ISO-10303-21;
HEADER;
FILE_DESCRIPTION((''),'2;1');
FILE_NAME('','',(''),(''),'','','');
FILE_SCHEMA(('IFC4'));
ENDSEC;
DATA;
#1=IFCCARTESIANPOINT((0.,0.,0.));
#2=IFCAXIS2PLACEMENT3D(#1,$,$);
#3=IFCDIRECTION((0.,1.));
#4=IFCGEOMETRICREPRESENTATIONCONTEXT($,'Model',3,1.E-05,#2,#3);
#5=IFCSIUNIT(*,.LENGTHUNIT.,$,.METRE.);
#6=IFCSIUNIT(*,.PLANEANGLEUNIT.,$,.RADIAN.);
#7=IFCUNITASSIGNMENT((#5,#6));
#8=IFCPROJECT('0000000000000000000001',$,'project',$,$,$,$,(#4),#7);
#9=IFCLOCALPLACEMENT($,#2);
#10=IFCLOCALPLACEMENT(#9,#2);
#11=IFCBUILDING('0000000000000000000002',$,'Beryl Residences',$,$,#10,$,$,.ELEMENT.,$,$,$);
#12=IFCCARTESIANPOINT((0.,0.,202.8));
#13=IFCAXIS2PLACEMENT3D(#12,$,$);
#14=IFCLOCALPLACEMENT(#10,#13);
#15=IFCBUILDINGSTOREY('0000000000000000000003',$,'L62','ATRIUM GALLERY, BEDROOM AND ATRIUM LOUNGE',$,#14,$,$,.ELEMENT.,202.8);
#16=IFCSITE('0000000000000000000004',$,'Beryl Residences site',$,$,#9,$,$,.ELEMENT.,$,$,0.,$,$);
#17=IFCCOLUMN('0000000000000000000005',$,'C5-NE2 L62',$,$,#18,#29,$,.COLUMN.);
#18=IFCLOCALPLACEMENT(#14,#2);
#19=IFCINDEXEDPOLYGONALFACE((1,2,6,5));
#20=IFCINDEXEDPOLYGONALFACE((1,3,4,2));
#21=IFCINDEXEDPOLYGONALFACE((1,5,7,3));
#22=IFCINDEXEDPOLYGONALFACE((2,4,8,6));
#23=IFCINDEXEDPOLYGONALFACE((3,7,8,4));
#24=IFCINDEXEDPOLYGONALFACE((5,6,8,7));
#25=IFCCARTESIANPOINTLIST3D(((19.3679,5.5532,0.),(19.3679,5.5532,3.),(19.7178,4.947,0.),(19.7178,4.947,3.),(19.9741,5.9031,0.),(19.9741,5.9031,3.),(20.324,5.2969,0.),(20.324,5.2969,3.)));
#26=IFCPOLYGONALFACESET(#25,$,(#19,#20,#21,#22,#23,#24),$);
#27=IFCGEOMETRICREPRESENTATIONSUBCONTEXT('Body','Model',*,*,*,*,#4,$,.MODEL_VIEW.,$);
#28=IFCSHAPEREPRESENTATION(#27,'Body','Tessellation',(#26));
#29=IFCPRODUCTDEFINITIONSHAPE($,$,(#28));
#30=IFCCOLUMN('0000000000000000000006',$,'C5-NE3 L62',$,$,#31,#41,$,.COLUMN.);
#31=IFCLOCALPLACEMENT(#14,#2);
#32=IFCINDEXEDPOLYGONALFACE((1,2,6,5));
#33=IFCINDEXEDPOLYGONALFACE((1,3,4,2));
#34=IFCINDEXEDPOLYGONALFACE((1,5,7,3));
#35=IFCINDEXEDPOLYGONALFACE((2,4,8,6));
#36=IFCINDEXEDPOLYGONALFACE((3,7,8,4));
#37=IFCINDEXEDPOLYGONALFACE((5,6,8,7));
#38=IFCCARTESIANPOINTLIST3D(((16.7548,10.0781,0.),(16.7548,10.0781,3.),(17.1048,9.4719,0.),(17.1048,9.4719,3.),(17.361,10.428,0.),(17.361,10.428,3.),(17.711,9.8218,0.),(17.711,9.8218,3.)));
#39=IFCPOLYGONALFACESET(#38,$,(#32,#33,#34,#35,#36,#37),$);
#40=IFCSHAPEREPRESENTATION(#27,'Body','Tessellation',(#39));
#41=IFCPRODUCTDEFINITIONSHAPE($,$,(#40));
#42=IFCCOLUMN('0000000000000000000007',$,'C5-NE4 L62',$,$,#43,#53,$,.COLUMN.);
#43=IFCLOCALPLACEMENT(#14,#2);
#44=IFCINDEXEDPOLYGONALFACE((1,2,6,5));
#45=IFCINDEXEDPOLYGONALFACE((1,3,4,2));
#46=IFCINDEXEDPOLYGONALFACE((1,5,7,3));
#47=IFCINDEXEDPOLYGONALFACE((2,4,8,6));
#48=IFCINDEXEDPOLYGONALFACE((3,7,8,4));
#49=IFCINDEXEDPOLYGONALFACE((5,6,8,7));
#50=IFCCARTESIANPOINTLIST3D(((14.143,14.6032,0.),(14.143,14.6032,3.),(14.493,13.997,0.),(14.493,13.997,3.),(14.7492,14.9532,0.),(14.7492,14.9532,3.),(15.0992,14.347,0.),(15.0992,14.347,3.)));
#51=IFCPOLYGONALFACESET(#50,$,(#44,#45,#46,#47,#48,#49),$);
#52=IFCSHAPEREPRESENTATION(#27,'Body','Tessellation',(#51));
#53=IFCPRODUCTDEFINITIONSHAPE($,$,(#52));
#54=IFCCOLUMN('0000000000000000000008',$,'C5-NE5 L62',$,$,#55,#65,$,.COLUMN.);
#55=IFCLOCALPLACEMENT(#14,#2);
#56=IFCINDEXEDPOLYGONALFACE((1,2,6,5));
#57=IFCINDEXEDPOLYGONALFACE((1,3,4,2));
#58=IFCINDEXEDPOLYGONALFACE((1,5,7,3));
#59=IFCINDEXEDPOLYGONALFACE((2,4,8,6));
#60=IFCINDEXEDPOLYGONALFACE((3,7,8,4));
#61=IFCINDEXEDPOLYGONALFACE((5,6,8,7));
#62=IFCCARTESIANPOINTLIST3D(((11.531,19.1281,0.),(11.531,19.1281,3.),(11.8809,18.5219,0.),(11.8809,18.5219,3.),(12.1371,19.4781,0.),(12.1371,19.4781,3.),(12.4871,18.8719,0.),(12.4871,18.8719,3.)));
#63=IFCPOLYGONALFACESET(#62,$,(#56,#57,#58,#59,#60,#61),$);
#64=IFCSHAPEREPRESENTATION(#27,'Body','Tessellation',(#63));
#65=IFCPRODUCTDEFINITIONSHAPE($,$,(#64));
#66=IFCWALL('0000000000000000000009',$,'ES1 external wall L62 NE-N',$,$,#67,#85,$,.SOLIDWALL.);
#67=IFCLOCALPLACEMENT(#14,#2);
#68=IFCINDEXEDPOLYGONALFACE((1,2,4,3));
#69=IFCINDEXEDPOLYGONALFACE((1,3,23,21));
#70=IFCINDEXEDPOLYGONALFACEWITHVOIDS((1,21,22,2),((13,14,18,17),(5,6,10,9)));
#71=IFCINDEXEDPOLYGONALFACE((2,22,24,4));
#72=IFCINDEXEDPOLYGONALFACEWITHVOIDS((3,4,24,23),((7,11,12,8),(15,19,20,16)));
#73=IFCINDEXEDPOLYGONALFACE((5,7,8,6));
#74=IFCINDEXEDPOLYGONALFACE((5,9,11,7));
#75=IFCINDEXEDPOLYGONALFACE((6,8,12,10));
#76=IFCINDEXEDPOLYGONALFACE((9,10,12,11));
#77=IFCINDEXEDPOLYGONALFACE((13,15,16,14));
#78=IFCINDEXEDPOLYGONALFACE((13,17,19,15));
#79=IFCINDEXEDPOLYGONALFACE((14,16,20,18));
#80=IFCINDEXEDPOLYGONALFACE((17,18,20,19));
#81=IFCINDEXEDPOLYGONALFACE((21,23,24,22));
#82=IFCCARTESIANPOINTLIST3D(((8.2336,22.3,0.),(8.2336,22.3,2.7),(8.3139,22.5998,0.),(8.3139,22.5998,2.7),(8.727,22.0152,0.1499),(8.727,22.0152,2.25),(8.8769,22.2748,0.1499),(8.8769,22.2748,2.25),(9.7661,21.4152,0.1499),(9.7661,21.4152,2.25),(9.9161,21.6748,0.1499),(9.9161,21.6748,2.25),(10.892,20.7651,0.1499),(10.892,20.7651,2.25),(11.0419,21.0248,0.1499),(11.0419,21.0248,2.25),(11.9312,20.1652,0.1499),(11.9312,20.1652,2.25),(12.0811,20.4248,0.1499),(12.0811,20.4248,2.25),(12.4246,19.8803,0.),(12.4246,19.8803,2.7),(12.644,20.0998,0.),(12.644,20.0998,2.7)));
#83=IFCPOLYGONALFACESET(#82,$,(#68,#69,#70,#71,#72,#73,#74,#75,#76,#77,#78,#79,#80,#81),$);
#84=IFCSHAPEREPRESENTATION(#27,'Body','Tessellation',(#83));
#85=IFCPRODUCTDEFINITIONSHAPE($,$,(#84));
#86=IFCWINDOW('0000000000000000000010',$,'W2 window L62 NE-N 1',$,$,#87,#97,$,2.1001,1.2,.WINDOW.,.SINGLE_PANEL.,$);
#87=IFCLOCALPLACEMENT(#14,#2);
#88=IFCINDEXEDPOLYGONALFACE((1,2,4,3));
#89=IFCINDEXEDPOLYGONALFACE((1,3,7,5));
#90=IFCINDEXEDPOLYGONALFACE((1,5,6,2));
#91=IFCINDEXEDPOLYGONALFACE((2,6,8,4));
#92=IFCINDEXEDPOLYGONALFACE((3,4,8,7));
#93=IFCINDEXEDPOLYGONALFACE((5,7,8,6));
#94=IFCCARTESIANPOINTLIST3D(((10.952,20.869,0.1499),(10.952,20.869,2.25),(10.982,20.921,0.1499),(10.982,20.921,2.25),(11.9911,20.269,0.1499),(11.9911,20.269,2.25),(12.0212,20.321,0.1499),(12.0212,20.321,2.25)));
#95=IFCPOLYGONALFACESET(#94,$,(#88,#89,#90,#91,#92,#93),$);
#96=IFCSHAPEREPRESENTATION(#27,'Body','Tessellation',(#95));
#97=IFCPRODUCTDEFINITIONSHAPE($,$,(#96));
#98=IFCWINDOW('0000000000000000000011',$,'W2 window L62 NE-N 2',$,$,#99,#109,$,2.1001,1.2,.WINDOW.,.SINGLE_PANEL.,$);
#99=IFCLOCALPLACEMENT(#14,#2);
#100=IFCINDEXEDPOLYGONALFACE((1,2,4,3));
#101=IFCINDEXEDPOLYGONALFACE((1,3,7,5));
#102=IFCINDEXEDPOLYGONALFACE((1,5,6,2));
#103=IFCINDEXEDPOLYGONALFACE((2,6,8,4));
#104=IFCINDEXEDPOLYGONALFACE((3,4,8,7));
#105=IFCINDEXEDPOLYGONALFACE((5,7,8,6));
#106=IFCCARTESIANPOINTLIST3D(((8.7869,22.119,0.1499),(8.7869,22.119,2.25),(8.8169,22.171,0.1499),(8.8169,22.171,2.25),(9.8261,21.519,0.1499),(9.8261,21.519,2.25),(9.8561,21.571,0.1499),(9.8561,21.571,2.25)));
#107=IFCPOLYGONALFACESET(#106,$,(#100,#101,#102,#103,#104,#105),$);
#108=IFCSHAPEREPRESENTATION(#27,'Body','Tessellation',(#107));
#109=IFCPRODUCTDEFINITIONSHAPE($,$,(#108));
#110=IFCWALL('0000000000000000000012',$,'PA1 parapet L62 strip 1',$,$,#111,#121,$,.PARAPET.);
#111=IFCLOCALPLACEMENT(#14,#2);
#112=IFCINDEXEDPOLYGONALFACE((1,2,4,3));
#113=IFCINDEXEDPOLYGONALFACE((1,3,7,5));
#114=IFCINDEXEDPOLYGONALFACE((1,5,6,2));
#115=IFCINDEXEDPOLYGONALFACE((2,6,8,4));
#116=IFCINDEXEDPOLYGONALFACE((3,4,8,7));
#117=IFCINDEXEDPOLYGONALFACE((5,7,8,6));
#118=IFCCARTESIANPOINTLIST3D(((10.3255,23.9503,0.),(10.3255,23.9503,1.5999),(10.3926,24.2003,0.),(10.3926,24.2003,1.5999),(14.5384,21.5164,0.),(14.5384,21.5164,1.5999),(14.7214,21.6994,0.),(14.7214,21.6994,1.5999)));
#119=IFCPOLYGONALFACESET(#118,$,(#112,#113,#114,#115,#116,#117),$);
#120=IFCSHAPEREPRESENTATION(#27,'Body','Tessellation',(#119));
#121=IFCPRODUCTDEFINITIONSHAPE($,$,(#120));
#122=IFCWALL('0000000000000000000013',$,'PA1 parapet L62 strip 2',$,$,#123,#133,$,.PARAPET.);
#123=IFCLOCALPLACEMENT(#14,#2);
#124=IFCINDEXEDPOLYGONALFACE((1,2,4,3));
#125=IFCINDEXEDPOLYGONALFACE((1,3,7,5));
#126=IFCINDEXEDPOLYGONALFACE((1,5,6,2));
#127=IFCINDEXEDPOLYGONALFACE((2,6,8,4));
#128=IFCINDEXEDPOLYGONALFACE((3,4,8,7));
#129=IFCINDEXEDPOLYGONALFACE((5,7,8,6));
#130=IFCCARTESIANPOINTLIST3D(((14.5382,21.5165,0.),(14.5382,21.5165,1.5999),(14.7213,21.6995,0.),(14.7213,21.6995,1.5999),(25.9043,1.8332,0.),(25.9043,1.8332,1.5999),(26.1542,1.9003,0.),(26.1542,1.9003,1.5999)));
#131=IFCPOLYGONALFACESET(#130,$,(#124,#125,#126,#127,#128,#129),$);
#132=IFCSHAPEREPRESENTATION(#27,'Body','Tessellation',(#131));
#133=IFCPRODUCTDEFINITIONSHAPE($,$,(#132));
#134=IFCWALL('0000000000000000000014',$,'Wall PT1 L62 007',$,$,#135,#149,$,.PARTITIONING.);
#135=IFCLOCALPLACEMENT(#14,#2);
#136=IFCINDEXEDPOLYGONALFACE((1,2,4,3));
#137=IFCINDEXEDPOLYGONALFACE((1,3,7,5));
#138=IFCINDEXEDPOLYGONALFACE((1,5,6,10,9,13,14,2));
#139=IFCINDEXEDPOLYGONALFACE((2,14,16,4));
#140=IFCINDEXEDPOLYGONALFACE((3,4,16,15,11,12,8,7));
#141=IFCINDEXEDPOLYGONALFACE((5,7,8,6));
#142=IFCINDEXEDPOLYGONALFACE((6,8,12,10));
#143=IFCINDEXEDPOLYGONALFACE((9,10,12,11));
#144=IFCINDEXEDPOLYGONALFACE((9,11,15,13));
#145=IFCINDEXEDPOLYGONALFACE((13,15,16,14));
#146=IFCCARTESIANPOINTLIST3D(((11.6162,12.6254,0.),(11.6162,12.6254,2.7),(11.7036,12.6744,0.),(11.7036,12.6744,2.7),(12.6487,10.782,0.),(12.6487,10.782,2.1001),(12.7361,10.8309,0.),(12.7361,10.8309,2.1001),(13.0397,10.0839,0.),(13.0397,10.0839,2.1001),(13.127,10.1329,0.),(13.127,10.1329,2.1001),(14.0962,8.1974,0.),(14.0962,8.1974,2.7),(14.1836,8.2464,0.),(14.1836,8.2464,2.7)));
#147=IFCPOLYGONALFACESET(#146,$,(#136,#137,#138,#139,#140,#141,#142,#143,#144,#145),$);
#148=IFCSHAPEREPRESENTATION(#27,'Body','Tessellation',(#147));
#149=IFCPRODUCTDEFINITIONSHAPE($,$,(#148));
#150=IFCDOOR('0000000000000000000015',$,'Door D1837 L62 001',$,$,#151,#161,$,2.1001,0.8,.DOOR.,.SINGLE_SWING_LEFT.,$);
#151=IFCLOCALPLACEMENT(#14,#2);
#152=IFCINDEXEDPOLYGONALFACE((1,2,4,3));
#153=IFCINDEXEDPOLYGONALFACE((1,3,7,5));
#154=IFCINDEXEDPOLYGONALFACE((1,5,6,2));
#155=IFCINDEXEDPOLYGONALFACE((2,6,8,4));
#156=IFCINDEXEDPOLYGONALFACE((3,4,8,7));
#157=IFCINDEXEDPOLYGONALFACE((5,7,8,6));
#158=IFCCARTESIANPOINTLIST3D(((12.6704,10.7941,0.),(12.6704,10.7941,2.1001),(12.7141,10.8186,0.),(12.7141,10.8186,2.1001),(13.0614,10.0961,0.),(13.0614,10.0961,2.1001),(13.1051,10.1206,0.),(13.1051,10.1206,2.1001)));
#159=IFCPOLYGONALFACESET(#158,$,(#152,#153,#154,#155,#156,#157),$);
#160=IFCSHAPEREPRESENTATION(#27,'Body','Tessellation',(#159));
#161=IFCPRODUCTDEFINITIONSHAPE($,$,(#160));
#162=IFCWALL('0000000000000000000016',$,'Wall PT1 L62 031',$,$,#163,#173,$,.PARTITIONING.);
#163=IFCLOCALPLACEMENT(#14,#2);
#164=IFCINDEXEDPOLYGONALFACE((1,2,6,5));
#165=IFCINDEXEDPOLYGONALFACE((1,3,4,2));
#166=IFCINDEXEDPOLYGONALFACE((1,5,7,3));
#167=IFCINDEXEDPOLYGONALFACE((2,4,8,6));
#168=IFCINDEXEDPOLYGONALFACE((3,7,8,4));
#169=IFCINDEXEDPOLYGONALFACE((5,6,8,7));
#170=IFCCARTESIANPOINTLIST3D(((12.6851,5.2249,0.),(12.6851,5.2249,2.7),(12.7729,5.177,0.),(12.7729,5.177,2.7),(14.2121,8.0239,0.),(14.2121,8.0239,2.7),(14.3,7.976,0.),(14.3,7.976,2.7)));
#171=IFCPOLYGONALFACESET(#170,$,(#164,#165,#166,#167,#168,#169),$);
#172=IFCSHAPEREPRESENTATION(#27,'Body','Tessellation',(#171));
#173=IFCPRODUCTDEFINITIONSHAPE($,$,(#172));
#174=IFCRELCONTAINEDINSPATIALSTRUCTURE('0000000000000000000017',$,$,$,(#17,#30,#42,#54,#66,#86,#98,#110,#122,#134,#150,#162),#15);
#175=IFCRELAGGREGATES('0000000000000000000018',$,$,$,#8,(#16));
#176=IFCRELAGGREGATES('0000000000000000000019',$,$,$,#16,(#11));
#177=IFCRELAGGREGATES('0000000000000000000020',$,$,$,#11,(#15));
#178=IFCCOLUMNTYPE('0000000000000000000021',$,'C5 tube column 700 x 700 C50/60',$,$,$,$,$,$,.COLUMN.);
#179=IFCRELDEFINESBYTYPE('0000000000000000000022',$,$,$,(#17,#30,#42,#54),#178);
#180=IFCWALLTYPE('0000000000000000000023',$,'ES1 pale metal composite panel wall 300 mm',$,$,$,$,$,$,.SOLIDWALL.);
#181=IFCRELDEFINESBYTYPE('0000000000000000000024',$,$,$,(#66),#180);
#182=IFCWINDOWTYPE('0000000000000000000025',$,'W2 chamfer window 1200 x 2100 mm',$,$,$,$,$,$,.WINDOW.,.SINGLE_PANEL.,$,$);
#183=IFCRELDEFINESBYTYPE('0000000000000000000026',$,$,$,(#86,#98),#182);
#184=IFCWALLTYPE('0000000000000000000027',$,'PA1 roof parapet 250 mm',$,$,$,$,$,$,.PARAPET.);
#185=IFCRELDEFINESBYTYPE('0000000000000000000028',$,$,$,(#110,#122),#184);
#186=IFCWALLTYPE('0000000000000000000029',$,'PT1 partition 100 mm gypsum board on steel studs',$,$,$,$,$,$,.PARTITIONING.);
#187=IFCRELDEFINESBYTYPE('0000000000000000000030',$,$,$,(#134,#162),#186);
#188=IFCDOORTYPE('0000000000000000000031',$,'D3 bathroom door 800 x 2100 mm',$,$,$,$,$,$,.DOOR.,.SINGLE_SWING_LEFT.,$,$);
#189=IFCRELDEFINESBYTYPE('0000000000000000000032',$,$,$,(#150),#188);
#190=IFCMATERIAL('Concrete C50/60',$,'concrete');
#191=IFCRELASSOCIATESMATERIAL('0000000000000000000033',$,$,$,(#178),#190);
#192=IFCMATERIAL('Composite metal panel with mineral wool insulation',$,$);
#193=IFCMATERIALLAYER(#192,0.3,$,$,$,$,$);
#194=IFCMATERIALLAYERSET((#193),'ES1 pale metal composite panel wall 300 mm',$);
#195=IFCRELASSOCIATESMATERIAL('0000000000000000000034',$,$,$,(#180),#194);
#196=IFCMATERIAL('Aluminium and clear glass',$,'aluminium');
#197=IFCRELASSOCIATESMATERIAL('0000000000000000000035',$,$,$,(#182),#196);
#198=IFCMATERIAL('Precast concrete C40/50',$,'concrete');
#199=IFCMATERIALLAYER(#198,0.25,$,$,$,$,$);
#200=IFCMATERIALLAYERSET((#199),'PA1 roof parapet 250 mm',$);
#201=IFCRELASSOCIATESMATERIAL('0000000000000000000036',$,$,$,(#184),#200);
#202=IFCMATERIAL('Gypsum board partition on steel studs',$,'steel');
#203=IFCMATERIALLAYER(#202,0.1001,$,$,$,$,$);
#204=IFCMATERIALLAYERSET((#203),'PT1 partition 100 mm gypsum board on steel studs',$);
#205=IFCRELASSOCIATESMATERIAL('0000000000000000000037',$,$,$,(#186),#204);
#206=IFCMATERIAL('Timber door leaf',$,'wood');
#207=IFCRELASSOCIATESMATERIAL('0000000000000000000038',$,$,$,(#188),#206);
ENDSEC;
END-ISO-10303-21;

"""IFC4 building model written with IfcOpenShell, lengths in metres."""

from ifc_helpers import new_model, si_unit, direction, frame, frame_2d, origin, origin_2d, place, context, subcontext, project, spatial, polyline, rectangle, outline, extrude, material, layer, layer_set, material_profile, profile_set, type_object, element, fill, save


model = new_model("IFC4")

# Units and contexts
model_context = context("Model", 3, precision=1e-05, world=origin(), true_north=direction((0.0, 1.0)))
body_context = subcontext(model_context, "Body", "Model", "MODEL_VIEW")
ifc_project = project(units=[si_unit("LENGTHUNIT", "METRE"), si_unit("PLANEANGLEUNIT", "RADIAN")], contexts=[model_context])

# Site, building, storey
site_placement = place(None, origin())
site = spatial("IfcSite", under=ifc_project, at=site_placement, Name="Beryl Residences site", CompositionType="ELEMENT", RefElevation=0.0)
building_placement = place(site_placement, origin())
building = spatial("IfcBuilding", under=site, at=building_placement, Name="Beryl Residences", CompositionType="ELEMENT")
storey_placement = place(building_placement, frame((0.0, 0.0, 202.8)))
storey = spatial("IfcBuildingStorey", under=building, at=storey_placement, Name="L62", Description="ATRIUM GALLERY, BEDROOM AND ATRIUM LOUNGE", CompositionType="ELEMENT", Elevation=202.8)

# Columns
ifc_material_1 = material(Name="Concrete C50/60", Category="concrete")
ifc_material_profile = material_profile(ifc_material_1, rectangle(XDim=0.7, YDim=0.7, at=origin_2d()))
ifc_profile_set = profile_set([ifc_material_profile], Name="Concrete C50/60")
column_type = type_object("IfcColumnType", Name="C5 tube column 700 x 700 C50/60", PredefinedType="COLUMN", material=ifc_profile_set)
for number, where, z_axis, x_axis, name in (
    (1, (19.8459, 5.425, 0.0), (0.0, 0.0, 1.0), (-0.49997, 0.866043, 0.0), "C5-NE2 L62"),
    (2, (17.2329, 9.95, 0.0), (0.0, 0.0, 1.0), (-0.49997, 0.866043, 0.0), "C5-NE3 L62"),
    (3, (14.6211, 14.4751, 0.0), (0.0, 0.0, 1.0), (-0.49997, 0.866043, 0.0), "C5-NE4 L62"),
    (4, (12.009, 19.0, 0.0), (0.0, 0.0, 1.0), (-0.49997, 0.866043, 0.0), "C5-NE5 L62"),
):
    element("IfcColumn", number, at=place(storey_placement, frame(where, z_axis=z_axis, x_axis=x_axis)), inside=storey, type_object=column_type, Name=name, PredefinedType="COLUMN", context=body_context, shape_type="SweptSolid", body=[
        extrude(rectangle(XDim=0.7, YDim=0.7, at=origin_2d()), origin(), (0.0, 0.0, 1.0), 3.0),
    ])

# Wall, openings, windows
ifc_material_2 = material(Name="Composite metal panel with mineral wool insulation")
ifc_layer_1 = layer(ifc_material_2, 0.3)
ifc_layer_set_1 = layer_set([ifc_layer_1], Name="ES1 pale metal composite panel wall 300 mm")
wall_type_1 = type_object("IfcWallType", Name="ES1 pale metal composite panel wall 300 mm", PredefinedType="SOLIDWALL", material=ifc_layer_set_1)
wall_1_placement = place(storey_placement, frame((12.5691, 19.97, 0.0), z_axis=(0.0, 0.0, 1.0), x_axis=(-0.866023, 0.500004, 0.0)))
wall_1 = element("IfcWall", 5, at=wall_1_placement, inside=storey, type_object=wall_type_1, Name="ES1 external wall L62 NE-N", PredefinedType="SOLIDWALL", context=body_context, shape_type="SweptSolid", body=[
    extrude(outline(polyline([(0.0, -0.1499), (5.0, -0.1499), (4.9197, 0.1499), (0.0803, 0.1499), (0.0, -0.1499)])), origin(), (0.0, 0.0, 1.0), 2.7),
])
opening_1_placement = place(wall_1_placement, frame((0.6499, 0.0, 0.1499)))
opening_1 = element("IfcOpeningElement", 6, at=opening_1_placement, cuts=wall_1, PredefinedType="OPENING", context=body_context, shape_type="SweptSolid", body=[
    extrude(rectangle(XDim=1.2, YDim=2.1001, at=frame_2d((0.6001, 1.05))), frame((0.0, 0.1599, 0.0), z_axis=(0.0, -1.0, 0.0), x_axis=(1.0, 0.0, 0.0)), (0.0, 0.0, 1.0), 0.3201),
])
opening_2_placement = place(wall_1_placement, frame((3.1499, 0.0, 0.1499)))
opening_2 = element("IfcOpeningElement", 7, at=opening_2_placement, cuts=wall_1, PredefinedType="OPENING", context=body_context, shape_type="SweptSolid", body=[
    extrude(rectangle(XDim=1.2, YDim=2.1001, at=frame_2d((0.6001, 1.05))), frame((0.0, 0.1599, 0.0), z_axis=(0.0, -1.0, 0.0), x_axis=(1.0, 0.0, 0.0)), (0.0, 0.0, 1.0), 0.3201),
])
ifc_material_3 = material(Name="Aluminium and clear glass", Category="aluminium")
window_type = type_object("IfcWindowType", Name="W2 chamfer window 1200 x 2100 mm", PartitioningType="SINGLE_PANEL", PredefinedType="WINDOW", material=ifc_material_3)
window_1_placement = place(opening_1_placement, origin())
window_1 = element("IfcWindow", 8, at=window_1_placement, inside=storey, type_object=window_type, Name="W2 window L62 NE-N 1", OverallHeight=2.1001, OverallWidth=1.2, PartitioningType="SINGLE_PANEL", PredefinedType="WINDOW", context=body_context, shape_type="SweptSolid", body=[
    extrude(rectangle(XDim=1.2, YDim=2.1001, at=frame_2d((0.6001, 1.05))), frame((0.0, 0.03, 0.0), z_axis=(0.0, -1.0, 0.0), x_axis=(1.0, 0.0, 0.0)), (0.0, 0.0, 1.0), 0.0601),
])
fill(opening_1, window_1)
window_2_placement = place(opening_2_placement, origin())
window_2 = element("IfcWindow", 9, at=window_2_placement, inside=storey, type_object=window_type, Name="W2 window L62 NE-N 2", OverallHeight=2.1001, OverallWidth=1.2, PartitioningType="SINGLE_PANEL", PredefinedType="WINDOW", context=body_context, shape_type="SweptSolid", body=[
    extrude(rectangle(XDim=1.2, YDim=2.1001, at=frame_2d((0.6001, 1.05))), frame((0.0, 0.03, 0.0), z_axis=(0.0, -1.0, 0.0), x_axis=(1.0, 0.0, 0.0)), (0.0, 0.0, 1.0), 0.0601),
])
fill(opening_2, window_2)

# Walls
ifc_material_4 = material(Name="Precast concrete C40/50", Category="concrete")
ifc_layer_2 = layer(ifc_material_4, 0.25)
ifc_layer_set_2 = layer_set([ifc_layer_2], Name="PA1 roof parapet 250 mm")
wall_type_2 = type_object("IfcWallType", Name="PA1 roof parapet 250 mm", PredefinedType="PARAPET", material=ifc_layer_set_2)
wall_2_placement = place(storey_placement, frame((10.3301, 24.092, 0.0), z_axis=(0.0, 0.0, 1.0), x_axis=(0.865877, -0.500256, 0.0)))
element("IfcWall", 10, at=wall_2_placement, inside=storey, type_object=wall_type_2, Name="PA1 parapet L62 strip 1", PredefinedType="PARAPET", context=body_context, shape_type="SweptSolid", body=[
    extrude(outline(polyline([(0.0669, -0.125), (4.9324, -0.125), (4.9993, 0.125), (0.0, 0.125), (0.0669, -0.125)])), origin(), (0.0, 0.0, 1.0), 1.5999),
])
wall_3_placement = place(storey_placement, frame((14.613, 21.637, 0.0), z_axis=(0.0, 0.0, 1.0), x_axis=(0.500061, -0.86599, 0.0)))
element("IfcWall", 11, at=wall_3_placement, inside=storey, type_object=wall_type_2, Name="PA1 parapet L62 strip 2", PredefinedType="PARAPET", context=body_context, shape_type="SweptSolid", body=[
    extrude(outline(polyline([(0.0669, -0.125), (22.7961, -0.125), (22.863, 0.125), (0.0, 0.125), (0.0669, -0.125)])), origin(), (0.0, 0.0, 1.0), 1.5999),
])

# Wall, opening, door
ifc_material_5 = material(Name="Gypsum board partition on steel studs", Category="steel")
ifc_layer_3 = layer(ifc_material_5, 0.1001)
ifc_layer_set_3 = layer_set([ifc_layer_3], Name="PT1 partition 100 mm gypsum board on steel studs")
wall_type_3 = type_object("IfcWallType", Name="PT1 partition 100 mm gypsum board on steel studs", PredefinedType="PARTITIONING", material=ifc_layer_set_3)
wall_4_placement = place(storey_placement, frame((11.6599, 12.6499, 0.0), z_axis=(0.0, 0.0, 1.0), x_axis=(0.48865, -0.87248, 0.0)))
wall_4 = element("IfcWall", 12, at=wall_4_placement, inside=storey, type_object=wall_type_3, Name="Wall PT1 L62 007", PredefinedType="PARTITIONING", context=body_context, shape_type="SweptSolid", body=[
    extrude(rectangle(XDim=5.0752, YDim=0.1001, at=frame_2d((2.5376, 0.0))), origin(), (0.0, 0.0, 1.0), 2.7),
])
opening_3_placement = place(wall_4_placement, frame((2.113, 0.0, 0.0)))
opening_3 = element("IfcOpeningElement", 13, at=opening_3_placement, cuts=wall_4, PredefinedType="OPENING", context=body_context, shape_type="SweptSolid", body=[
    extrude(rectangle(XDim=0.8, YDim=2.1001, at=frame_2d((0.3999, 1.05))), frame((0.0, 0.0601, 0.0), z_axis=(0.0, -1.0, 0.0), x_axis=(1.0, 0.0, 0.0)), (0.0, 0.0, 1.0), 0.1201),
])
ifc_material_6 = material(Name="Timber door leaf", Category="wood")
door_type = type_object("IfcDoorType", Name="D3 bathroom door 800 x 2100 mm", OperationType="SINGLE_SWING_LEFT", PredefinedType="DOOR", material=ifc_material_6)
door_placement = place(opening_3_placement, origin())
door = element("IfcDoor", 14, at=door_placement, inside=storey, type_object=door_type, Name="Door D1837 L62 001", OperationType="SINGLE_SWING_LEFT", OverallHeight=2.1001, OverallWidth=0.8, PredefinedType="DOOR", context=body_context, shape_type="SweptSolid", body=[
    extrude(rectangle(XDim=0.8, YDim=2.1001, at=frame_2d((0.3999, 1.05))), frame((0.0, 0.0249, 0.0), z_axis=(0.0, -1.0, 0.0), x_axis=(1.0, 0.0, 0.0)), (0.0, 0.0, 1.0), 0.05),
])
fill(opening_3, door)

# Wall
wall_5_placement = place(storey_placement, frame((12.729, 5.2009, 0.0), z_axis=(0.0, 0.0, 1.0), x_axis=(0.478933, 0.877852, 0.0)))
element("IfcWall", 15, at=wall_5_placement, inside=storey, type_object=wall_type_3, Name="Wall PT1 L62 031", PredefinedType="PARTITIONING", context=body_context, shape_type="SweptSolid", body=[
    extrude(rectangle(XDim=3.1885, YDim=0.1001, at=frame_2d((1.5942, 0.0))), origin(), (0.0, 0.0, 1.0), 2.7),
])

save(model, "model.ifc")
